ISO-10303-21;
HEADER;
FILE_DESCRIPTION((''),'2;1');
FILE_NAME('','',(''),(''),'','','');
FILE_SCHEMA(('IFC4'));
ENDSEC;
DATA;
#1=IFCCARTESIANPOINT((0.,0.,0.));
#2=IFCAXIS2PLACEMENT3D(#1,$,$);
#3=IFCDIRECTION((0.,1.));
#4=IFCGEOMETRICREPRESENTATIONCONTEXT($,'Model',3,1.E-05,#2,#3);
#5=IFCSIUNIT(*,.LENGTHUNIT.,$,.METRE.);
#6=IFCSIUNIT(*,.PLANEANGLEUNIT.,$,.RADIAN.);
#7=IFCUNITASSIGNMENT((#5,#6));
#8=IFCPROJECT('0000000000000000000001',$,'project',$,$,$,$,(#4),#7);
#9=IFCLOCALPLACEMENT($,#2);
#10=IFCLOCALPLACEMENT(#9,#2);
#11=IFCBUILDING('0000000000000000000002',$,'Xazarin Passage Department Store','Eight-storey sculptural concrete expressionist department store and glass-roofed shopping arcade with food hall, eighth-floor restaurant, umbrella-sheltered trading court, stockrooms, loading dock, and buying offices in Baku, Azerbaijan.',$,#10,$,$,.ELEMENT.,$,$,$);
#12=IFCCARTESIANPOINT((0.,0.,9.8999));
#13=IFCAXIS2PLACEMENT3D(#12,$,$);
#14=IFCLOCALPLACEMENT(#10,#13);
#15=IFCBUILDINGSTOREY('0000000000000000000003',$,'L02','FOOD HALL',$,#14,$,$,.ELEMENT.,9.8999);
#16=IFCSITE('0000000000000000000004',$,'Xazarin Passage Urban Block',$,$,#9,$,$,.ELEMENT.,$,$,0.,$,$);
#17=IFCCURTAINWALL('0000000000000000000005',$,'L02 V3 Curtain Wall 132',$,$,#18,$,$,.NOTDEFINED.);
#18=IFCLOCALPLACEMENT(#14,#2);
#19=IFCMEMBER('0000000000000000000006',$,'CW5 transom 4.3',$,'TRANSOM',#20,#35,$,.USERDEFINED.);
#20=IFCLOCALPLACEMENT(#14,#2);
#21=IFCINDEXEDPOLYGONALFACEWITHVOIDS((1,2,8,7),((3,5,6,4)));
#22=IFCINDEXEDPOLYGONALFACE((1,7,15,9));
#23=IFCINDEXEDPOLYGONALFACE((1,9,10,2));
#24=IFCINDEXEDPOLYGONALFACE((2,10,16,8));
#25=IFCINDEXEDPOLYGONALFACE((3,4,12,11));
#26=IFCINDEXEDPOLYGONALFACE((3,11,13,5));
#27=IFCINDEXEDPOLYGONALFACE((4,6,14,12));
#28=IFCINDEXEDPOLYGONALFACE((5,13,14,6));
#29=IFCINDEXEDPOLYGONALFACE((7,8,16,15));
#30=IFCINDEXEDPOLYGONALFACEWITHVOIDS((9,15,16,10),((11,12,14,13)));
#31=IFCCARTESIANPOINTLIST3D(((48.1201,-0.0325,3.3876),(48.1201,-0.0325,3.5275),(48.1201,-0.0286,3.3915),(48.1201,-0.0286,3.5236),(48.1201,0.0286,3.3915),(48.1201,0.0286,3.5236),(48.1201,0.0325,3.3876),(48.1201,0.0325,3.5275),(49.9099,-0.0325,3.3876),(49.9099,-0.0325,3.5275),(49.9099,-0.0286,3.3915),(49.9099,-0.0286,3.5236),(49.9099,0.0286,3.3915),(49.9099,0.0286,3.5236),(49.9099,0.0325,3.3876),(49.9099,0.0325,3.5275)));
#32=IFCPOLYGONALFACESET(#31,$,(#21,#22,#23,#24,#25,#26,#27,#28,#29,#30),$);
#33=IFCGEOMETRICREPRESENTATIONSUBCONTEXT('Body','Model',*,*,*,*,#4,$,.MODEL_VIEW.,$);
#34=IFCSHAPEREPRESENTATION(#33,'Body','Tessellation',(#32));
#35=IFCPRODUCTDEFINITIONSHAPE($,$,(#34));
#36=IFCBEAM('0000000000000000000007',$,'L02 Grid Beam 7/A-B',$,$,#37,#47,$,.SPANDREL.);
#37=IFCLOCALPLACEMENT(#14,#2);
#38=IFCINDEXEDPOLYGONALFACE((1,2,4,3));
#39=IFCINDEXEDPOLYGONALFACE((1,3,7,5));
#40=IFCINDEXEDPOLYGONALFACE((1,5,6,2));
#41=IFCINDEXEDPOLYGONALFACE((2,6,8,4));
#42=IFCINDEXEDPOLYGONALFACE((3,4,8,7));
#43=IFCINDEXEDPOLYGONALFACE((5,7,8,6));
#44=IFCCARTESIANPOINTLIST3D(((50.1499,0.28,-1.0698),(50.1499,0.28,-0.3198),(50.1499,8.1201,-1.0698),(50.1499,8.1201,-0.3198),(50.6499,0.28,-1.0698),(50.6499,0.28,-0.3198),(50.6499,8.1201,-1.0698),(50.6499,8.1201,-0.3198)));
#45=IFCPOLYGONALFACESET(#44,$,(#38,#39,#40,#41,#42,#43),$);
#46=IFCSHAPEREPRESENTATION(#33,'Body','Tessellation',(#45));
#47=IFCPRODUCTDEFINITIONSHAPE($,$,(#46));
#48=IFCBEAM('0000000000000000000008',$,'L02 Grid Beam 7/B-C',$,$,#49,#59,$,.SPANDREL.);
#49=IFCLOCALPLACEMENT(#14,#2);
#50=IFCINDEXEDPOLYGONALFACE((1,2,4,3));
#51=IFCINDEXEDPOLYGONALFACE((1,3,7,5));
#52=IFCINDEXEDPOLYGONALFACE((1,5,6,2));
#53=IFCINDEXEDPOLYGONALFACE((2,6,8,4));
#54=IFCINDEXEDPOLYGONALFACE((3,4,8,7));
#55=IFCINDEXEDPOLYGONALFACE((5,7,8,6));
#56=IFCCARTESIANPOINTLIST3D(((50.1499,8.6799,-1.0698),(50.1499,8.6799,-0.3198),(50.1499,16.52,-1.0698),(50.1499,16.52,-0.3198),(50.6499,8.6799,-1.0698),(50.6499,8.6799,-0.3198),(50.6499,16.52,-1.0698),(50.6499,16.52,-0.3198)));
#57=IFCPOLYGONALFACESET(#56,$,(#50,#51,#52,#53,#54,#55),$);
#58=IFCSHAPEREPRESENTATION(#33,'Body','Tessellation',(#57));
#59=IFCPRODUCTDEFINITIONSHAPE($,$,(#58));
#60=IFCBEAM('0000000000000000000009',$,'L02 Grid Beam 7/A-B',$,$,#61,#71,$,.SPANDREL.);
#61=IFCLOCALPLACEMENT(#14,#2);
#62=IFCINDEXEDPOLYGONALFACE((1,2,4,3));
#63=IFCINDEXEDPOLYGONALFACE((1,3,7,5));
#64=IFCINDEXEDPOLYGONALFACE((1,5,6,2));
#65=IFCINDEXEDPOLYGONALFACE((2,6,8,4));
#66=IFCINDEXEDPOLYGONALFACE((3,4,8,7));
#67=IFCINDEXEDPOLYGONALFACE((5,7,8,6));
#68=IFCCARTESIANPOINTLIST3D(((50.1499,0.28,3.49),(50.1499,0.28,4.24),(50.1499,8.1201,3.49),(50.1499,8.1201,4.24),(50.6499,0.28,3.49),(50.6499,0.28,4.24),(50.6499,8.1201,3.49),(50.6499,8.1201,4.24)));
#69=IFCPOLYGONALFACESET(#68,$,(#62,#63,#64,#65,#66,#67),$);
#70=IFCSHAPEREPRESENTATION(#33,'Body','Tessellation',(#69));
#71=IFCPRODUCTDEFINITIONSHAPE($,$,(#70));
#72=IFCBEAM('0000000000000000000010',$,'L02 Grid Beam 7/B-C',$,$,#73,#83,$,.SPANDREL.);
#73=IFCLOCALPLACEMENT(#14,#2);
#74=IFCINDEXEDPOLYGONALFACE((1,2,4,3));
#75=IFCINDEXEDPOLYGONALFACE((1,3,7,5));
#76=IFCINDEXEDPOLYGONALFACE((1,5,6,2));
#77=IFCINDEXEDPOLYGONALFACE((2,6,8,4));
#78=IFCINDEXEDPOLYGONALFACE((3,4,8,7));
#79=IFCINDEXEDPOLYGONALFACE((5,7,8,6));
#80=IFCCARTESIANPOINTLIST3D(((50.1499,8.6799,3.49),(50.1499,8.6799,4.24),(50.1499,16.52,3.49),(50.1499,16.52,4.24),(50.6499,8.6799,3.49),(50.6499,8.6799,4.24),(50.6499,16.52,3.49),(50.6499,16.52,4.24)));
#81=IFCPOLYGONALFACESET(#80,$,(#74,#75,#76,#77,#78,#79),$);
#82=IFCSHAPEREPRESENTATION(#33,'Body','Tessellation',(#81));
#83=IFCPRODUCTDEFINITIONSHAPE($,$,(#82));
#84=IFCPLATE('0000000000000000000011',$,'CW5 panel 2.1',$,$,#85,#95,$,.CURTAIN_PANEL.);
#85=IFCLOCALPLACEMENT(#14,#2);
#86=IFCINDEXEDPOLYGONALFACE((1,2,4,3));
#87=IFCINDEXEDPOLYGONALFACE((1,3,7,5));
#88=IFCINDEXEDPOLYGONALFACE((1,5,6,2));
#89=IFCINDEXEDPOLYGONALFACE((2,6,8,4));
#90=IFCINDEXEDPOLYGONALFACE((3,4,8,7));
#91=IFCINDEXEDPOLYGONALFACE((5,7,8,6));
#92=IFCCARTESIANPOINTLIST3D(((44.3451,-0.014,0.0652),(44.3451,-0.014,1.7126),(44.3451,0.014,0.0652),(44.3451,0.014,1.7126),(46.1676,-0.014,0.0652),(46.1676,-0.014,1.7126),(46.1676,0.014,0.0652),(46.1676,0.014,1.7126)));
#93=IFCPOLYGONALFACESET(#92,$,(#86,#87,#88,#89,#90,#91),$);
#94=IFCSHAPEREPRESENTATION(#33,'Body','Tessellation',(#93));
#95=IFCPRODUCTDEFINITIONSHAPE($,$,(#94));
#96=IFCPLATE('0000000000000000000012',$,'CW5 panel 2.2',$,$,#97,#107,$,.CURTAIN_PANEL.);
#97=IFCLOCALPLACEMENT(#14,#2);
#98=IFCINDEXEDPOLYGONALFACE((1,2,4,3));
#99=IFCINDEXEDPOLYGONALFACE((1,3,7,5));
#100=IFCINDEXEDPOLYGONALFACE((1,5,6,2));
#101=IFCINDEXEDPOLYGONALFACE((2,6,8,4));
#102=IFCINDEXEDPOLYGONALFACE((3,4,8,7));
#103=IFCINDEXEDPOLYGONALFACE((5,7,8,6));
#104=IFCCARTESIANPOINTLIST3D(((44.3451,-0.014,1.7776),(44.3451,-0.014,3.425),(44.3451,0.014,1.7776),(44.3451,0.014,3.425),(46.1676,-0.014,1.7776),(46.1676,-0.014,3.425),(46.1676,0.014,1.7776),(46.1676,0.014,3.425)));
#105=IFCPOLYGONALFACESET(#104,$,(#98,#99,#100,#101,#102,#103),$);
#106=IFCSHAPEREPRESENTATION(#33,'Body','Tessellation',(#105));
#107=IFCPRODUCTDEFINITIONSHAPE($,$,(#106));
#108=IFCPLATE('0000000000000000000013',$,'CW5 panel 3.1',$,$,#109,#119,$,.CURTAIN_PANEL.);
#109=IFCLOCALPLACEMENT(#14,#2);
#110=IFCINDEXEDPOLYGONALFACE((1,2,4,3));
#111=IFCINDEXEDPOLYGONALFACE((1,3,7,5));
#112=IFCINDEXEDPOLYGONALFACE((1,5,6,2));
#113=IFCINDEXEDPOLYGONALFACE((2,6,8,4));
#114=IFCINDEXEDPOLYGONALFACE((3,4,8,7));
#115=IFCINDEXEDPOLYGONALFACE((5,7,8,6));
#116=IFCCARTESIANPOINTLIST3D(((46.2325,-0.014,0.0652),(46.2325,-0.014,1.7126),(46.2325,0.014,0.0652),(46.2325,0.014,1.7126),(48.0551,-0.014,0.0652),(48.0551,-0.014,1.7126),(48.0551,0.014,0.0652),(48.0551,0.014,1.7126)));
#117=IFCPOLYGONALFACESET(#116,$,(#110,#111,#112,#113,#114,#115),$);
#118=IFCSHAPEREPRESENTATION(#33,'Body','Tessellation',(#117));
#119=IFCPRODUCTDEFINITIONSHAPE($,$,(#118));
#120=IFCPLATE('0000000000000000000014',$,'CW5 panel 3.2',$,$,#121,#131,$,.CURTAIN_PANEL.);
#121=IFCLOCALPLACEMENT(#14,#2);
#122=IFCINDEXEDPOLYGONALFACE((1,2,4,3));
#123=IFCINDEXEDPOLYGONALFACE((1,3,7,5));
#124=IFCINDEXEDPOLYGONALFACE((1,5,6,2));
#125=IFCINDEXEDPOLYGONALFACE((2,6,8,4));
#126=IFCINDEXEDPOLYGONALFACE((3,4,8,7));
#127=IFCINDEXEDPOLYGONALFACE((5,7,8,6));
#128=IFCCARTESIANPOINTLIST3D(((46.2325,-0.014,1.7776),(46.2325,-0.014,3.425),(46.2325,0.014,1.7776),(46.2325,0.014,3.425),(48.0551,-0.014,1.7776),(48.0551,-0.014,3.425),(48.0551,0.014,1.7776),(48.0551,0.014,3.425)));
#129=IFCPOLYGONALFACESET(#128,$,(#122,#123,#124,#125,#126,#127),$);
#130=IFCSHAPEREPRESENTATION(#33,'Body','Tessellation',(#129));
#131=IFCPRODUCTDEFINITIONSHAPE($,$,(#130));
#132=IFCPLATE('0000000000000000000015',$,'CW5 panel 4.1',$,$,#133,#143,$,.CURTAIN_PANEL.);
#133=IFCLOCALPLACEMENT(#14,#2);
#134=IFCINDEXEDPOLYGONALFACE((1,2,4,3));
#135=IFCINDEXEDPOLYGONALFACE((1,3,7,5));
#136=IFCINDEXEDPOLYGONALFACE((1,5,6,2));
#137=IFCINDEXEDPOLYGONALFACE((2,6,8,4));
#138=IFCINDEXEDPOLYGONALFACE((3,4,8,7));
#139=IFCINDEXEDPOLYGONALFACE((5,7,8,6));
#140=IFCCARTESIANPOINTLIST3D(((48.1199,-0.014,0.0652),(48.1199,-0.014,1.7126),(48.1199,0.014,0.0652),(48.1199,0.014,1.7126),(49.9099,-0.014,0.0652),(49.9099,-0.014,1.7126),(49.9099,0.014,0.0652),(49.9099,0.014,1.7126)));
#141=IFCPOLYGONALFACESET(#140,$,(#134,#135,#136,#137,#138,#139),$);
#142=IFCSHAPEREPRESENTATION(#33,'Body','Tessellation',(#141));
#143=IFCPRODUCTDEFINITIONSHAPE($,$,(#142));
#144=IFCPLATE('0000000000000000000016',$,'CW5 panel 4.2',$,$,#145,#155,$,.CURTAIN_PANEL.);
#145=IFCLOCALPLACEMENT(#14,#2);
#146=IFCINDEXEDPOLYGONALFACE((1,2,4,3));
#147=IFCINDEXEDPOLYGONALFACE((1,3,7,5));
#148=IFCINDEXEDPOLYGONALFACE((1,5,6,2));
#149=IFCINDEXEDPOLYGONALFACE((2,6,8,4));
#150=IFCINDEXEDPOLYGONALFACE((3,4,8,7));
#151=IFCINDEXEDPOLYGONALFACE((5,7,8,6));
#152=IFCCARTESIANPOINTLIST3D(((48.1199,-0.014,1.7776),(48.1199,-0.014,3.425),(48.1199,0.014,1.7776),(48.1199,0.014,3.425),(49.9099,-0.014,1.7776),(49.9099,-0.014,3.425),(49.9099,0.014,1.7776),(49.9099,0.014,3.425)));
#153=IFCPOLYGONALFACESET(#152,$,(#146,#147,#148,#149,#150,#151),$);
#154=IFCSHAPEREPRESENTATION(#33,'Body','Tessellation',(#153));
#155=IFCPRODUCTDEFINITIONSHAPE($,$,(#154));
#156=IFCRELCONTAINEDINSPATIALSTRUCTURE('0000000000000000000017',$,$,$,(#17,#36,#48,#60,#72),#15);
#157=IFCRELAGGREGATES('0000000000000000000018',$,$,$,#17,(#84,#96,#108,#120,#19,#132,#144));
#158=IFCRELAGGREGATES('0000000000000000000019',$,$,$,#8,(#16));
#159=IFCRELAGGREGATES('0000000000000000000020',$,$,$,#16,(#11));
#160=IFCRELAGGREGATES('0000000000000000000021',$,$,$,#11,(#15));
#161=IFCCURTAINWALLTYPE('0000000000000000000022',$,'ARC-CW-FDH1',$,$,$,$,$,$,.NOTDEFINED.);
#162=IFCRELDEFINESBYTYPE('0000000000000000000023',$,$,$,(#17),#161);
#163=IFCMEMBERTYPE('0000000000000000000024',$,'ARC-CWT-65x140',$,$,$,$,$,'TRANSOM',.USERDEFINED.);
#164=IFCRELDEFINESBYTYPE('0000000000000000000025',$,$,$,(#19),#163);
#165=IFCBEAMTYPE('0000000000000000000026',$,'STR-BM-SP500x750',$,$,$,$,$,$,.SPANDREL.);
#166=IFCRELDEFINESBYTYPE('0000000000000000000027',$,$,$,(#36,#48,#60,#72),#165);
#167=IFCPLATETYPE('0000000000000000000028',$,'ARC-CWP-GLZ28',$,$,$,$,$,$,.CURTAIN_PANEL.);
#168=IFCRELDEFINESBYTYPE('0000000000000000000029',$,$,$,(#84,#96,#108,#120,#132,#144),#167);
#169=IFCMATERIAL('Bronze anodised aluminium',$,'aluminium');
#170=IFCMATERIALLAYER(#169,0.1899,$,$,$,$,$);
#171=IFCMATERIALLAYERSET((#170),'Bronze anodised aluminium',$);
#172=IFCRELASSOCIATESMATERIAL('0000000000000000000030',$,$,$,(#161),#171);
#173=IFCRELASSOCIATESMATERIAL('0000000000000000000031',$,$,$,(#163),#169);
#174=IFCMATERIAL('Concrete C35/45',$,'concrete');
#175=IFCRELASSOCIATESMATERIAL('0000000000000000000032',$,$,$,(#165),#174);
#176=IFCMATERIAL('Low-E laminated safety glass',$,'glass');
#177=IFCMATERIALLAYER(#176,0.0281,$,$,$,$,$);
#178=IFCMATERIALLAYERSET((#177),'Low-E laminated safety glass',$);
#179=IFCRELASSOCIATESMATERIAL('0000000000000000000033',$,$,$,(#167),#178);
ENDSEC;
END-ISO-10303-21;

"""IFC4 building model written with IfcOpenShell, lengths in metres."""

from ifc_helpers import new_model, si_unit, direction, frame, origin, origin_2d, place, context, subcontext, project, spatial, rectangle, hollow_rectangle, extrude, material, layer, layer_set, material_profile, profile_set, type_object, element, aggregate, save


model = new_model("IFC4")

# Units and contexts
model_context = context("Model", 3, precision=1e-05, world=origin(), true_north=direction((0.0, 1.0)))
body_context = subcontext(model_context, "Body", "Model", "MODEL_VIEW")
ifc_project = project(units=[si_unit("LENGTHUNIT", "METRE"), si_unit("PLANEANGLEUNIT", "RADIAN")], contexts=[model_context])

# Site, building, storey
site_placement = place(None, origin())
site = spatial("IfcSite", under=ifc_project, at=site_placement, Name="Xazarin Passage Urban Block", CompositionType="ELEMENT", RefElevation=0.0)
building_placement = place(site_placement, origin())
building = spatial("IfcBuilding", under=site, at=building_placement, Name="Xazarin Passage Department Store", Description="Eight-storey sculptural concrete expressionist department store and glass-roofed shopping arcade with food hall, eighth-floor restaurant, umbrella-sheltered trading court, stockrooms, loading dock, and buying offices in Baku, Azerbaijan.", CompositionType="ELEMENT")
storey_placement = place(building_placement, frame((0.0, 0.0, 9.8999)))
storey = spatial("IfcBuildingStorey", under=building, at=storey_placement, Name="L02", Description="FOOD HALL", CompositionType="ELEMENT", Elevation=9.8999)

# Curtain wall, member
ifc_material_1 = material(Name="Bronze anodised aluminium", Category="aluminium")
ifc_layer_1 = layer(ifc_material_1, 0.1899)
ifc_layer_set_1 = layer_set([ifc_layer_1], Name="Bronze anodised aluminium")
curtain_wall_type = type_object("IfcCurtainWallType", Name="ARC-CW-FDH1", PredefinedType="NOTDEFINED", material=ifc_layer_set_1)
curtain_wall_placement = place(storey_placement, origin())
curtain_wall = element("IfcCurtainWall", 1, at=curtain_wall_placement, inside=storey, type_object=curtain_wall_type, Name="L02 V3 Curtain Wall 132", PredefinedType="NOTDEFINED")
ifc_material_profile_1 = material_profile(ifc_material_1, hollow_rectangle(XDim=0.0649, YDim=0.1399, WallThickness=0.0039, at=origin_2d()), Name="ALU 65x140")
ifc_profile_set_1 = profile_set([ifc_material_profile_1], Name="Bronze anodised aluminium")
member_type_1 = type_object("IfcMemberType", Name="ARC-CWT-65x140", ElementType="TRANSOM", PredefinedType="USERDEFINED", material=ifc_profile_set_1)
member_1_placement = place(storey_placement, frame((48.1201, 0.0, 3.4575), z_axis=(1.0, 0.0, 0.0), x_axis=(0.0, 1.0, 0.0)))
member_1 = element("IfcMember", 2, at=member_1_placement, type_object=member_type_1, Name="CW5 transom 4.3", ObjectType="TRANSOM", PredefinedType="USERDEFINED", context=body_context, shape_type="SweptSolid", body=[
    extrude(hollow_rectangle(XDim=0.0649, YDim=0.1399, WallThickness=0.0039, at=origin_2d()), origin(), (0.0, 0.0, 1.0), 1.7898),
])

# Beams
ifc_material_2 = material(Name="Concrete C35/45", Category="concrete")
ifc_material_profile_2 = material_profile(ifc_material_2, rectangle(XDim=0.5, YDim=0.75, at=origin_2d()), Name="RC 500x750")
ifc_profile_set_2 = profile_set([ifc_material_profile_2], Name="Concrete C35/45")
beam_type = type_object("IfcBeamType", Name="STR-BM-SP500x750", PredefinedType="SPANDREL", material=ifc_profile_set_2)
for number, where, z_axis, x_axis, name in (
    (3, (50.3999, 0.28, -0.6948), (0.0, 1.0, 0.0), (-1.0, 0.0, 0.0), "L02 Grid Beam 7/A-B"),
    (4, (50.3999, 8.6799, -0.6948), (0.0, 1.0, 0.0), (-1.0, 0.0, 0.0), "L02 Grid Beam 7/B-C"),
    (5, (50.3999, 0.28, 3.865), (0.0, 1.0, 0.0), (-1.0, 0.0, 0.0), "L02 Grid Beam 7/A-B"),
    (6, (50.3999, 8.6799, 3.865), (0.0, 1.0, 0.0), (-1.0, 0.0, 0.0), "L02 Grid Beam 7/B-C"),
):
    element("IfcBeam", number, at=place(storey_placement, frame(where, z_axis=z_axis, x_axis=x_axis)), inside=storey, type_object=beam_type, Name=name, PredefinedType="SPANDREL", context=body_context, shape_type="SweptSolid", body=[
        extrude(rectangle(XDim=0.5, YDim=0.75, at=origin_2d()), origin(), (0.0, 0.0, 1.0), 7.8401),
    ])

# Plates
ifc_material_3 = material(Name="Low-E laminated safety glass", Category="glass")
ifc_layer_2 = layer(ifc_material_3, 0.0281)
ifc_layer_set_2 = layer_set([ifc_layer_2], Name="Low-E laminated safety glass")
plate_type = type_object("IfcPlateType", Name="ARC-CWP-GLZ28", PredefinedType="CURTAIN_PANEL", material=ifc_layer_set_2)
plate_1_placement = place(storey_placement, frame((45.2563, 0.0, 0.0652), z_axis=(0.0, 0.0, 1.0), x_axis=(1.0, 0.0, 0.0)))
plate_1 = element("IfcPlate", 7, at=plate_1_placement, type_object=plate_type, Name="CW5 panel 2.1", PredefinedType="CURTAIN_PANEL", context=body_context, shape_type="SweptSolid", body=[
    extrude(rectangle(XDim=1.8225, YDim=0.0281, at=origin_2d()), origin(), (0.0, 0.0, 1.0), 1.6475),
])
plate_2_placement = place(storey_placement, frame((45.2563, 0.0, 1.7776), z_axis=(0.0, 0.0, 1.0), x_axis=(1.0, 0.0, 0.0)))
plate_2 = element("IfcPlate", 8, at=plate_2_placement, type_object=plate_type, Name="CW5 panel 2.2", PredefinedType="CURTAIN_PANEL", context=body_context, shape_type="SweptSolid", body=[
    extrude(rectangle(XDim=1.8225, YDim=0.0281, at=origin_2d()), origin(), (0.0, 0.0, 1.0), 1.6475),
])
plate_3_placement = place(storey_placement, frame((47.1438, 0.0, 0.0652), z_axis=(0.0, 0.0, 1.0), x_axis=(1.0, 0.0, 0.0)))
plate_3 = element("IfcPlate", 9, at=plate_3_placement, type_object=plate_type, Name="CW5 panel 3.1", PredefinedType="CURTAIN_PANEL", context=body_context, shape_type="SweptSolid", body=[
    extrude(rectangle(XDim=1.8225, YDim=0.0281, at=origin_2d()), origin(), (0.0, 0.0, 1.0), 1.6475),
])
plate_4_placement = place(storey_placement, frame((47.1438, 0.0, 1.7776), z_axis=(0.0, 0.0, 1.0), x_axis=(1.0, 0.0, 0.0)))
plate_4 = element("IfcPlate", 10, at=plate_4_placement, type_object=plate_type, Name="CW5 panel 3.2", PredefinedType="CURTAIN_PANEL", context=body_context, shape_type="SweptSolid", body=[
    extrude(rectangle(XDim=1.8225, YDim=0.0281, at=origin_2d()), origin(), (0.0, 0.0, 1.0), 1.6475),
])
plate_5_placement = place(storey_placement, frame((49.0149, 0.0, 0.0652), z_axis=(0.0, 0.0, 1.0), x_axis=(1.0, 0.0, 0.0)))
plate_5 = element("IfcPlate", 11, at=plate_5_placement, type_object=plate_type, Name="CW5 panel 4.1", PredefinedType="CURTAIN_PANEL", context=body_context, shape_type="SweptSolid", body=[
    extrude(rectangle(XDim=1.79, YDim=0.0281, at=origin_2d()), origin(), (0.0, 0.0, 1.0), 1.6475),
])
plate_6_placement = place(storey_placement, frame((49.0149, 0.0, 1.7776), z_axis=(0.0, 0.0, 1.0), x_axis=(1.0, 0.0, 0.0)))
plate_6 = element("IfcPlate", 12, at=plate_6_placement, type_object=plate_type, Name="CW5 panel 4.2", PredefinedType="CURTAIN_PANEL", context=body_context, shape_type="SweptSolid", body=[
    extrude(rectangle(XDim=1.79, YDim=0.0281, at=origin_2d()), origin(), (0.0, 0.0, 1.0), 1.6475),
])
aggregate(curtain_wall, [plate_1, plate_2, plate_3, plate_4, member_1, plate_5, plate_6])

save(model, "model.ifc")
